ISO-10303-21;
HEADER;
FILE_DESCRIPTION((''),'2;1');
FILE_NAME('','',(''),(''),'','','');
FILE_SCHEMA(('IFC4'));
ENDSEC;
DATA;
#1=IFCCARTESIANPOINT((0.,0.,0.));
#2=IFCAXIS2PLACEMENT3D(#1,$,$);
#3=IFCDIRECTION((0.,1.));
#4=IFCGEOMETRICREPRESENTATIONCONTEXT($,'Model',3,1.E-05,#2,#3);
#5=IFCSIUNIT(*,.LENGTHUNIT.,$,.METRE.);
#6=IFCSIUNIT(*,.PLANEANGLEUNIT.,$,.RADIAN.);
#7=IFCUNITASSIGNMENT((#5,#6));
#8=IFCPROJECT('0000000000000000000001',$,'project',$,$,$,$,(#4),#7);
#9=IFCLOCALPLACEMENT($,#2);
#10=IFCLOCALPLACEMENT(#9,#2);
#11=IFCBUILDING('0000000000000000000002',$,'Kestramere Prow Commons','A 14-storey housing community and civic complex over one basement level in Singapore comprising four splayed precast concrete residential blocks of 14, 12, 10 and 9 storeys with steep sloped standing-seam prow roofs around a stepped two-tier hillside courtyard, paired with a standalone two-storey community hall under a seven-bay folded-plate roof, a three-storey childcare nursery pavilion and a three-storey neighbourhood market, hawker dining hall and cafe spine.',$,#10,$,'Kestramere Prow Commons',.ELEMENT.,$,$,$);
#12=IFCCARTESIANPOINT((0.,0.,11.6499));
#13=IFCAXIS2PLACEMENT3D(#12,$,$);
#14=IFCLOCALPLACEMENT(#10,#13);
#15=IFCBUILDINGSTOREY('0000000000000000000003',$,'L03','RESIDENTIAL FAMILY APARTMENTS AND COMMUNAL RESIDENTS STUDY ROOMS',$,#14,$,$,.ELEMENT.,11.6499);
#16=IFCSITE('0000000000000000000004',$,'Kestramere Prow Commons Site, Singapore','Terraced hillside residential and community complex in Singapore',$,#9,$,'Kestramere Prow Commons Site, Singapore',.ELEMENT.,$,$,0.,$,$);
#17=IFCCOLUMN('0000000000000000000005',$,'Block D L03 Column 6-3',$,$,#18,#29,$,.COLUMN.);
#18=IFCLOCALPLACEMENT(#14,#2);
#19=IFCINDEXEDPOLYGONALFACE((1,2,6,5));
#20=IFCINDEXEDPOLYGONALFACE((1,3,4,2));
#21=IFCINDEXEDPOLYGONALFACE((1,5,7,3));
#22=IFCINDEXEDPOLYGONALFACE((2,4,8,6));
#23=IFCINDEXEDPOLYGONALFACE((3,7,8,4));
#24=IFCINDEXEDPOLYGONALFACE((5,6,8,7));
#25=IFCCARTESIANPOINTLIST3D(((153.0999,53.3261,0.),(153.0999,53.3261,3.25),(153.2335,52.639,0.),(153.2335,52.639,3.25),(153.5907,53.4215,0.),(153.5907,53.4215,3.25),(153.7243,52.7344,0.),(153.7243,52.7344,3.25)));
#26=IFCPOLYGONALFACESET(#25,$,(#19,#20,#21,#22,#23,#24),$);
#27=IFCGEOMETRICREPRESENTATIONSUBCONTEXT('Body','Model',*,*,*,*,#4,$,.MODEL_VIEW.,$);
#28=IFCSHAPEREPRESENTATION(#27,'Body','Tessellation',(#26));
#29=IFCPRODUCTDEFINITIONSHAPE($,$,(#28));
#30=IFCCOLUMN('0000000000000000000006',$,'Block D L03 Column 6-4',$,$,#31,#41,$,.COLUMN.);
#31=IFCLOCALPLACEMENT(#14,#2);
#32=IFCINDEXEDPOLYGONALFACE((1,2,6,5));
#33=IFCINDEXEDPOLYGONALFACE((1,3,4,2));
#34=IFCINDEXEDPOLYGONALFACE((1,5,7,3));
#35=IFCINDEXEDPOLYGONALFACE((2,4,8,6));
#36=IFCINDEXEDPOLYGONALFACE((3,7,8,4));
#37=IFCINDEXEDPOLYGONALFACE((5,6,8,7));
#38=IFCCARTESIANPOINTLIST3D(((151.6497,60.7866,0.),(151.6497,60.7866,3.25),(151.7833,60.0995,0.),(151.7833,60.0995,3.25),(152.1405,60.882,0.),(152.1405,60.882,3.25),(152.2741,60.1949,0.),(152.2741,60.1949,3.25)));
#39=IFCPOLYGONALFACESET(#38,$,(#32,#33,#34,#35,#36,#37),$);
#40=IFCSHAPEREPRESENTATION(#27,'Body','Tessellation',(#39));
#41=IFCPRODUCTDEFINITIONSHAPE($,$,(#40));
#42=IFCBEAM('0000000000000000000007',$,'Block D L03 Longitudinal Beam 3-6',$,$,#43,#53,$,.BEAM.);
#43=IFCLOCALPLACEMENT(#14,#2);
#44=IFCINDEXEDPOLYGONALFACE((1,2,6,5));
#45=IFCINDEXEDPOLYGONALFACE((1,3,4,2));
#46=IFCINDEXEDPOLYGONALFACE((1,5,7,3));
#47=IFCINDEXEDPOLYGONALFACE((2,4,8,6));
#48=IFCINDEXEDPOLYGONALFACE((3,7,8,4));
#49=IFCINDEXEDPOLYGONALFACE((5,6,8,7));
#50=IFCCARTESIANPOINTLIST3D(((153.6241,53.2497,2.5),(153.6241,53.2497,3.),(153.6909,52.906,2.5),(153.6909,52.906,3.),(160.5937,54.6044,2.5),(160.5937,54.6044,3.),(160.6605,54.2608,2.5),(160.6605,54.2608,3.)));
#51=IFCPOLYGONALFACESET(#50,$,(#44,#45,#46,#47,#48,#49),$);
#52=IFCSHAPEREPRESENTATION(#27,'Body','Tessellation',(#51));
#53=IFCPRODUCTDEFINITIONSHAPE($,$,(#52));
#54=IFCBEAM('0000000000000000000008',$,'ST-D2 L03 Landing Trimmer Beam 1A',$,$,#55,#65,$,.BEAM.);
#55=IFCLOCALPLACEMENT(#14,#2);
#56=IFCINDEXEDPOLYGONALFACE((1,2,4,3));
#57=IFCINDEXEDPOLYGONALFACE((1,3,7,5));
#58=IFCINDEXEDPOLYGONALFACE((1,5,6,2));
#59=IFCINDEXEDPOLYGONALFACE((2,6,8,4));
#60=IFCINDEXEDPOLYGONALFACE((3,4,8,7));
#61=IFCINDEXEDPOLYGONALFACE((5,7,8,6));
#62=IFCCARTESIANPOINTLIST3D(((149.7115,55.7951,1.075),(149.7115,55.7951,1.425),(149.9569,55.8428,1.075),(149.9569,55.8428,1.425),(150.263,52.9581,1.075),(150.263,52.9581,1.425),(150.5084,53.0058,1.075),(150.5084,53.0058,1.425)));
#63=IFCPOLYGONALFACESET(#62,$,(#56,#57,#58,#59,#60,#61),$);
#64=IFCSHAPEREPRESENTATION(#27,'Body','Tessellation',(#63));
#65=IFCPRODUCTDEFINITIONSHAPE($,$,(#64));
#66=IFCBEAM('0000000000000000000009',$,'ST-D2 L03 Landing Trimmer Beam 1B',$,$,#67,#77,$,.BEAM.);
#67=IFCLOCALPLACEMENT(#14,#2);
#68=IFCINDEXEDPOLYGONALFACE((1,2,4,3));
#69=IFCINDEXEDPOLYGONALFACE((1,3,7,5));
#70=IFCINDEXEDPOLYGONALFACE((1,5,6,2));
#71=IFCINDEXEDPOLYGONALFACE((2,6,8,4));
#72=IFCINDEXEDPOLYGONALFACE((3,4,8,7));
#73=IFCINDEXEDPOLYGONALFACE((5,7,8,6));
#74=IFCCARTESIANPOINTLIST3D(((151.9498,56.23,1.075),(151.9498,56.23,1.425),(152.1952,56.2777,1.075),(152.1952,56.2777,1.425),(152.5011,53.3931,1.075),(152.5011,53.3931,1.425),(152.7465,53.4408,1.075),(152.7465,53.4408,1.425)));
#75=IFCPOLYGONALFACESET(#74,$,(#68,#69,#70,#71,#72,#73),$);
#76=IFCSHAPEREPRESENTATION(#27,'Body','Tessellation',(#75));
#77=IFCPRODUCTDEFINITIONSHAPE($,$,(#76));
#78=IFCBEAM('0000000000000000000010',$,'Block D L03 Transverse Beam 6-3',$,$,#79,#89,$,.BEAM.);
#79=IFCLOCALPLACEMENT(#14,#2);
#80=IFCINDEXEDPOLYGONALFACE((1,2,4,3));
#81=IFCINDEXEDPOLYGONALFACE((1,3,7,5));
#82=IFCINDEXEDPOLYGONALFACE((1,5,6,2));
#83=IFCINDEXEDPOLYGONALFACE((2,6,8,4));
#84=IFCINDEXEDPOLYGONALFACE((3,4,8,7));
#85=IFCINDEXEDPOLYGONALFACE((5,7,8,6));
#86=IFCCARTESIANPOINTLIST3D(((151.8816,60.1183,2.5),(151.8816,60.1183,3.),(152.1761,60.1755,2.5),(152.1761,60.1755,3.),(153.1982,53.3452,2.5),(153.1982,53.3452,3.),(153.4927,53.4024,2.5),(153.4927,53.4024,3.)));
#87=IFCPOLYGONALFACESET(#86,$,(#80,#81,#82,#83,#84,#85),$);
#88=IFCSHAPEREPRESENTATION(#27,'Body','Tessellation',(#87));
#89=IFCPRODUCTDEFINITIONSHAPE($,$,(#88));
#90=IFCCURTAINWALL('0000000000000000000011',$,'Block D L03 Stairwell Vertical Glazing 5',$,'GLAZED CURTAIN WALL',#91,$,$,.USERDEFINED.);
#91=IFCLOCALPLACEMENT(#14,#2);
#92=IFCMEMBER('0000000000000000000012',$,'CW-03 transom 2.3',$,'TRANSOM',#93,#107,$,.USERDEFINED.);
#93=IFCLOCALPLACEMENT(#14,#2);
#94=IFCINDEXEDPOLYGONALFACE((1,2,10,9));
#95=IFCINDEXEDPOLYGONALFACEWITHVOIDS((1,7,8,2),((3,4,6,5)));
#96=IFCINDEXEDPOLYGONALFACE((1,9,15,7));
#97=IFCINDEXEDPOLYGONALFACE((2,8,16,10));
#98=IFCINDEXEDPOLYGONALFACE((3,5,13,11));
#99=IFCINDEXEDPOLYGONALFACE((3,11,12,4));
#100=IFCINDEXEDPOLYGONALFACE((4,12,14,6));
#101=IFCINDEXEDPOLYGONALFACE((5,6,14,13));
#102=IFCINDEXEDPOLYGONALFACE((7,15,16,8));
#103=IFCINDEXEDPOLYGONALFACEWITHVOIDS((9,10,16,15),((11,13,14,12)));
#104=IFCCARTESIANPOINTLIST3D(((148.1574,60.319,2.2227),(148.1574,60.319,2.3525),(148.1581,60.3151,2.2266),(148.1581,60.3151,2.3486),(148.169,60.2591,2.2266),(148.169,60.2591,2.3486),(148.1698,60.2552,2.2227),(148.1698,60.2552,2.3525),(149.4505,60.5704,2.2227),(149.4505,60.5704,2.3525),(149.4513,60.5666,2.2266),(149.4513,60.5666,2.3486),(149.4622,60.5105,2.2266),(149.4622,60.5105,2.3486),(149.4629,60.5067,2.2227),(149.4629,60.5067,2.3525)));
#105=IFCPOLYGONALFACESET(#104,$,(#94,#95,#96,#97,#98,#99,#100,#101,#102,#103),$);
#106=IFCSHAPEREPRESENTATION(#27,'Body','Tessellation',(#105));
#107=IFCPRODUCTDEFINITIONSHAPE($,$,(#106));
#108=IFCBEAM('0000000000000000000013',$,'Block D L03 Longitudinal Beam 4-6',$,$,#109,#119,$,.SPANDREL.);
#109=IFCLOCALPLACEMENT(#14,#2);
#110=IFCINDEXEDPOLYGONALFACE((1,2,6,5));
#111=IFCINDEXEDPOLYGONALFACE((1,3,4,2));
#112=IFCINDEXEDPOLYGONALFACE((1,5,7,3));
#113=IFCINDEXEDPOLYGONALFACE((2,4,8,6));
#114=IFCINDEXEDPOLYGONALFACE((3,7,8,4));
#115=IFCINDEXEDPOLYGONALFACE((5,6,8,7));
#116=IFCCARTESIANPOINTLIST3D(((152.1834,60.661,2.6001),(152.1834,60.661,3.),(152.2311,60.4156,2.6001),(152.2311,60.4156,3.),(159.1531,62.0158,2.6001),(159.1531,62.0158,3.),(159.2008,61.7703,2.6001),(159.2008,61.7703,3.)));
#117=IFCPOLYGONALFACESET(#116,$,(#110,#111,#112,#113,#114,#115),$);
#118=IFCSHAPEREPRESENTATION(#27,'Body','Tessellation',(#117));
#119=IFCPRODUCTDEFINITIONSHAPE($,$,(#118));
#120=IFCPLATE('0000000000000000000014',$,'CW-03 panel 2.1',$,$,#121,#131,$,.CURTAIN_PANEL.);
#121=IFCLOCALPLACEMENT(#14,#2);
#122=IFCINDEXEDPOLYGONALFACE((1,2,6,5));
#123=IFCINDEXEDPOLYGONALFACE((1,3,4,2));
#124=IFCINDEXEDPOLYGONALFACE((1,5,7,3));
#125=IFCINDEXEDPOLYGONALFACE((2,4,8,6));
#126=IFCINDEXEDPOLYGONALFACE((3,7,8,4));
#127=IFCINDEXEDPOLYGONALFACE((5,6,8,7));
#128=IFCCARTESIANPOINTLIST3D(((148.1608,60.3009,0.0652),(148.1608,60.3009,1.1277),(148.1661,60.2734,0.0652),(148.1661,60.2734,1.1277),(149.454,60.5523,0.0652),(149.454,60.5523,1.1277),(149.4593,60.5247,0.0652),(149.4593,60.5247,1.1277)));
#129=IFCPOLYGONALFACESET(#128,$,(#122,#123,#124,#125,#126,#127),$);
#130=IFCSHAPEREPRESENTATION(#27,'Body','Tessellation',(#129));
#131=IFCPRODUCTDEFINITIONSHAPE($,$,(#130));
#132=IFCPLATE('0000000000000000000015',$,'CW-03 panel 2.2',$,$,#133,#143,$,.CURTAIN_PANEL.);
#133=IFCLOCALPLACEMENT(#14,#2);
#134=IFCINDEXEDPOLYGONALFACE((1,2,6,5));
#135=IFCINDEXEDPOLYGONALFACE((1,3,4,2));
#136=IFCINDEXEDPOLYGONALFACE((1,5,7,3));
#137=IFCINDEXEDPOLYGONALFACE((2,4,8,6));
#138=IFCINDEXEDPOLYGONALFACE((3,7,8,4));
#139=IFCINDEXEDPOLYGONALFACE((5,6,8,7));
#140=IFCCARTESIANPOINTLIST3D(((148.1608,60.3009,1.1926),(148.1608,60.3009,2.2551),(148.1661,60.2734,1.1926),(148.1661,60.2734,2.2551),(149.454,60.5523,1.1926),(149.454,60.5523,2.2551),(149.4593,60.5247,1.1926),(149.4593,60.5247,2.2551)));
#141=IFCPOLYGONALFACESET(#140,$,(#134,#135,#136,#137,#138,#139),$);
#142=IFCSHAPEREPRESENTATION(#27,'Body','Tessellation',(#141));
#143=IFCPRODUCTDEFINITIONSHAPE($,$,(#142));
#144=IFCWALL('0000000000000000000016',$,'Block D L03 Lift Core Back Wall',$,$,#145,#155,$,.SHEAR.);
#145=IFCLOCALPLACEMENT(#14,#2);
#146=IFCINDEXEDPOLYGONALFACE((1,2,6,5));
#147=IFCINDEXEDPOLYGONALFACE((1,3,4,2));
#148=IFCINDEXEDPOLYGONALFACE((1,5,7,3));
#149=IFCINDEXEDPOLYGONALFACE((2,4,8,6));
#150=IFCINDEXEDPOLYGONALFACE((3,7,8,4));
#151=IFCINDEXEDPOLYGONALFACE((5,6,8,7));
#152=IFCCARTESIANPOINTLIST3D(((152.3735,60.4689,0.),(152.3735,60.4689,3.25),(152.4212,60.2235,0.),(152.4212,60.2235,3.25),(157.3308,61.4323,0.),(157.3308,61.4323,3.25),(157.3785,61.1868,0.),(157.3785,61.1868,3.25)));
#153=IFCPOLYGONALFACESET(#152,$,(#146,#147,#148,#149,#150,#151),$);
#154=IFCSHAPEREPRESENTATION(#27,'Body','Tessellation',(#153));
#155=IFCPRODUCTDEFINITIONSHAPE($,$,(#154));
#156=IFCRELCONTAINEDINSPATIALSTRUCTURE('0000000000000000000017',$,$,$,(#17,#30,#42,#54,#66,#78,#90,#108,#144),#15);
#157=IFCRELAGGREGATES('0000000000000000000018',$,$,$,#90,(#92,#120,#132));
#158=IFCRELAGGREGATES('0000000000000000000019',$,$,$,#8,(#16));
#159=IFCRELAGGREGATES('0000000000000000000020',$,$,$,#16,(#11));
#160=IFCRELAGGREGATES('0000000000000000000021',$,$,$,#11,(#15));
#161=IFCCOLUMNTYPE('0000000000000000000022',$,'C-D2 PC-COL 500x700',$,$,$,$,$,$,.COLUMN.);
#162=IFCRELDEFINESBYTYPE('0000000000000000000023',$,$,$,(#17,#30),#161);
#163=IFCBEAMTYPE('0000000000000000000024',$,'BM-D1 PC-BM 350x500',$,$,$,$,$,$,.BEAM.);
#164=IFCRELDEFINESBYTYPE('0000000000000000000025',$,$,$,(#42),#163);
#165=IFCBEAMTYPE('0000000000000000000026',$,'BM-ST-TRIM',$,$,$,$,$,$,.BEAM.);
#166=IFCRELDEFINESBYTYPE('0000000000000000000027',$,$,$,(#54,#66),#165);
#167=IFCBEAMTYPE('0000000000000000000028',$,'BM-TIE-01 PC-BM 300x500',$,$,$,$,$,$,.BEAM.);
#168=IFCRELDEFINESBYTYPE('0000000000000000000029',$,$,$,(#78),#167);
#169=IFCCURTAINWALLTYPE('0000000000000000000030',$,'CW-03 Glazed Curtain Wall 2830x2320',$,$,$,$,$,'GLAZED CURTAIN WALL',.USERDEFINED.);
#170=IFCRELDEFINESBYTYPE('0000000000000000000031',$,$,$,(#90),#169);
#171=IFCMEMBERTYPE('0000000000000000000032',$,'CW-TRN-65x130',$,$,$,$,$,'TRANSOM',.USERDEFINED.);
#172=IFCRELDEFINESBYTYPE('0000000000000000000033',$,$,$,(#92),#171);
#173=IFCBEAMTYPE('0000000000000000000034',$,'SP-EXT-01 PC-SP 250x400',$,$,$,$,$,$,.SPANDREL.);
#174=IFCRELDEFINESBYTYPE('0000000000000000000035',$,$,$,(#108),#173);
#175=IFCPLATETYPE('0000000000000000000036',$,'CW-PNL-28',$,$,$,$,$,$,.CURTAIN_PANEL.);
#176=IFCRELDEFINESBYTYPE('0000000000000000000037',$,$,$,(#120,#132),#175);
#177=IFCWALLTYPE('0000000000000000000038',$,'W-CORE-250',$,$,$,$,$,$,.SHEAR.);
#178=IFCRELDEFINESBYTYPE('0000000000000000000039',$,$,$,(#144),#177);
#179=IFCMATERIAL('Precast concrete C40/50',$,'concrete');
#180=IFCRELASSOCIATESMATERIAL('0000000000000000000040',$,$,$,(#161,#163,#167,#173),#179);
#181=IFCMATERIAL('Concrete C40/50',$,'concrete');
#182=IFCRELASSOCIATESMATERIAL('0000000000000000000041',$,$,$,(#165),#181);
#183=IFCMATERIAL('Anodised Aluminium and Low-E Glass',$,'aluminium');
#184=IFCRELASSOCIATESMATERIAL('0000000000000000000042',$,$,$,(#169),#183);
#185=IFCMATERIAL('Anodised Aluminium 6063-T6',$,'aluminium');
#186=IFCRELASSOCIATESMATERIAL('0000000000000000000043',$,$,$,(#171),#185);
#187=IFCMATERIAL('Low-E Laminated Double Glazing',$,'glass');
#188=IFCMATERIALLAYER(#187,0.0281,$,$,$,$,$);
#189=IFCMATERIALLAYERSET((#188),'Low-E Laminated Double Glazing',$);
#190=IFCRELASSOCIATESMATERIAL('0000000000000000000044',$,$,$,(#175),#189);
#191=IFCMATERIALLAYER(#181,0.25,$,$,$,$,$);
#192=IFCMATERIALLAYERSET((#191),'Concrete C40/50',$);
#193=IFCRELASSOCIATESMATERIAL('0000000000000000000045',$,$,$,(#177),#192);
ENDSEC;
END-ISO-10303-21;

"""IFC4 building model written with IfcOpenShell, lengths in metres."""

from ifc_helpers import new_model, si_unit, direction, frame, frame_2d, origin, origin_2d, place, context, subcontext, project, spatial, rectangle, hollow_rectangle, extrude, material, layer, layer_set, material_profile, profile_set, type_object, element, aggregate, save


model = new_model("IFC4")

# Units and contexts
model_context = context("Model", 3, precision=1e-05, world=origin(), true_north=direction((0.0, 1.0)))
body_context = subcontext(model_context, "Body", "Model", "MODEL_VIEW")
ifc_project = project(units=[si_unit("LENGTHUNIT", "METRE"), si_unit("PLANEANGLEUNIT", "RADIAN")], contexts=[model_context])

# Site, building, storey
site_placement = place(None, origin())
site = spatial("IfcSite", under=ifc_project, at=site_placement, Name="Kestramere Prow Commons Site, Singapore", Description="Terraced hillside residential and community complex in Singapore", LongName="Kestramere Prow Commons Site, Singapore", CompositionType="ELEMENT", RefElevation=0.0)
building_placement = place(site_placement, origin())
building = spatial("IfcBuilding", under=site, at=building_placement, Name="Kestramere Prow Commons", Description="A 14-storey housing community and civic complex over one basement level in Singapore comprising four splayed precast concrete residential blocks of 14, 12, 10 and 9 storeys with steep sloped standing-seam prow roofs around a stepped two-tier hillside courtyard, paired with a standalone two-storey community hall under a seven-bay folded-plate roof, a three-storey childcare nursery pavilion and a three-storey neighbourhood market, hawker dining hall and cafe spine.", LongName="Kestramere Prow Commons", CompositionType="ELEMENT")
storey_placement = place(building_placement, frame((0.0, 0.0, 11.6499)))
storey = spatial("IfcBuildingStorey", under=building, at=storey_placement, Name="L03", Description="RESIDENTIAL FAMILY APARTMENTS AND COMMUNAL RESIDENTS STUDY ROOMS", CompositionType="ELEMENT", Elevation=11.6499)

# Columns
ifc_material_1 = material(Name="Precast concrete C40/50", Category="concrete")
ifc_material_profile_1 = material_profile(ifc_material_1, rectangle(XDim=0.5, YDim=0.7, at=origin_2d()), Name="PC-COL 500x700")
ifc_profile_set_1 = profile_set([ifc_material_profile_1], Name="Precast concrete C40/50")
column_type = type_object("IfcColumnType", Name="C-D2 PC-COL 500x700", PredefinedType="COLUMN", material=ifc_profile_set_1)
for number, where, z_axis, x_axis, name in (
    (1, (153.4121, 53.0303, 0.0), (0.0, 0.0, 1.0), (0.981627, 0.190809, 0.0), "Block D L03 Column 6-3"),
    (2, (151.9619, 60.4907, 0.0), (0.0, 0.0, 1.0), (0.981627, 0.190809, 0.0), "Block D L03 Column 6-4"),
):
    element("IfcColumn", number, at=place(storey_placement, frame(where, z_axis=z_axis, x_axis=x_axis)), inside=storey, type_object=column_type, Name=name, PredefinedType="COLUMN", context=body_context, shape_type="SweptSolid", body=[
        extrude(rectangle(XDim=0.5, YDim=0.7, at=origin_2d()), origin(), (0.0, 0.0, 1.0), 3.25),
    ])

# Beams
ifc_material_profile_2 = material_profile(ifc_material_1, rectangle(XDim=0.3501, YDim=0.5, at=origin_2d()), Name="PC-BM 350x500")
ifc_profile_set_2 = profile_set([ifc_material_profile_2], Name="Precast concrete C40/50")
beam_type_1 = type_object("IfcBeamType", Name="BM-D1 PC-BM 350x500", PredefinedType="BEAM", material=ifc_profile_set_2)
beam_1_placement = place(storey_placement, frame((153.6575, 53.0779, 2.75), z_axis=(0.981628, 0.190803, 0.0), x_axis=(-0.190803, 0.981628, 0.0)))
element("IfcBeam", 3, at=beam_1_placement, inside=storey, type_object=beam_type_1, Name="Block D L03 Longitudinal Beam 3-6", PredefinedType="BEAM", context=body_context, shape_type="SweptSolid", body=[
    extrude(rectangle(XDim=0.3501, YDim=0.5, at=origin_2d()), origin(), (0.0, 0.0, 1.0), 7.1001),
])
ifc_material_2 = material(Name="Concrete C40/50", Category="concrete")
ifc_material_profile_3 = material_profile(ifc_material_2, rectangle(XDim=0.25, YDim=0.3501, at=origin_2d()), Name="PC-BM 250x350")
ifc_profile_set_3 = profile_set([ifc_material_profile_3], Name="Concrete C40/50")
beam_type_2 = type_object("IfcBeamType", Name="BM-ST-TRIM", PredefinedType="BEAM", material=ifc_profile_set_3)
beam_2_placement = place(storey_placement, frame((150.3857, 52.9819, 1.25), z_axis=(-0.190833, 0.981622, 0.0), x_axis=(-0.981622, -0.190833, 0.0)))
element("IfcBeam", 4, at=beam_2_placement, inside=storey, type_object=beam_type_2, Name="ST-D2 L03 Landing Trimmer Beam 1A", PredefinedType="BEAM", context=body_context, shape_type="SweptSolid", body=[
    extrude(rectangle(XDim=0.25, YDim=0.3501, at=origin_2d()), origin(), (0.0, 0.0, 1.0), 2.8901),
])
beam_3_placement = place(storey_placement, frame((152.6238, 53.417, 1.25), z_axis=(-0.190752, 0.981638, 0.0), x_axis=(-0.981638, -0.190752, 0.0)))
element("IfcBeam", 5, at=beam_3_placement, inside=storey, type_object=beam_type_2, Name="ST-D2 L03 Landing Trimmer Beam 1B", PredefinedType="BEAM", context=body_context, shape_type="SweptSolid", body=[
    extrude(rectangle(XDim=0.25, YDim=0.3501, at=origin_2d()), origin(), (0.0, 0.0, 1.0), 2.8899),
])
ifc_material_profile_4 = material_profile(ifc_material_1, rectangle(XDim=0.3, YDim=0.5, at=origin_2d()), Name="PC-BM 300x500")
ifc_profile_set_4 = profile_set([ifc_material_profile_4], Name="Precast concrete C40/50")
beam_type_3 = type_object("IfcBeamType", Name="BM-TIE-01 PC-BM 300x500", PredefinedType="BEAM", material=ifc_profile_set_4)
beam_4_placement = place(storey_placement, frame((153.3455, 53.3738, 2.75), z_axis=(-0.190819, 0.981625, 0.0), x_axis=(-0.981625, -0.190819, 0.0)))
element("IfcBeam", 6, at=beam_4_placement, inside=storey, type_object=beam_type_3, Name="Block D L03 Transverse Beam 6-3", PredefinedType="BEAM", context=body_context, shape_type="SweptSolid", body=[
    extrude(rectangle(XDim=0.3, YDim=0.5, at=origin_2d()), origin(), (0.0, 0.0, 1.0), 6.8999),
])

# Curtain wall, member
ifc_material_3 = material(Name="Anodised Aluminium and Low-E Glass", Category="aluminium")
curtain_wall_type = type_object("IfcCurtainWallType", Name="CW-03 Glazed Curtain Wall 2830x2320", ElementType="GLAZED CURTAIN WALL", PredefinedType="USERDEFINED", material=ifc_material_3)
curtain_wall_placement = place(storey_placement, origin())
curtain_wall = element("IfcCurtainWall", 7, at=curtain_wall_placement, inside=storey, type_object=curtain_wall_type, Name="Block D L03 Stairwell Vertical Glazing 5", ObjectType="GLAZED CURTAIN WALL", PredefinedType="USERDEFINED")
ifc_material_4 = material(Name="Anodised Aluminium 6063-T6", Category="aluminium")
ifc_material_profile_5 = material_profile(ifc_material_4, hollow_rectangle(XDim=0.0649, YDim=0.1299, WallThickness=0.0039, at=origin_2d()), Name="ALU-TRN 65x130")
ifc_profile_set_5 = profile_set([ifc_material_profile_5], Name="Anodised Aluminium 6063-T6")
member_type = type_object("IfcMemberType", Name="CW-TRN-65x130", ElementType="TRANSOM", PredefinedType="USERDEFINED", material=ifc_profile_set_5)
member_placement = place(storey_placement, frame((148.1636, 60.2871, 2.2876), z_axis=(0.981614, 0.190875, 0.0), x_axis=(-0.190875, 0.981614, 0.0)))
member = element("IfcMember", 8, at=member_placement, type_object=member_type, Name="CW-03 transom 2.3", ObjectType="TRANSOM", PredefinedType="USERDEFINED", context=body_context, shape_type="SweptSolid", body=[
    extrude(hollow_rectangle(XDim=0.0649, YDim=0.1299, WallThickness=0.0039, at=origin_2d()), origin(), (0.0, 0.0, 1.0), 1.3174),
])

# Beam
ifc_material_profile_6 = material_profile(ifc_material_1, rectangle(XDim=0.25, YDim=0.3999, at=origin_2d()), Name="PC-SP 250x400")
ifc_profile_set_6 = profile_set([ifc_material_profile_6], Name="Precast concrete C40/50")
beam_type_4 = type_object("IfcBeamType", Name="SP-EXT-01 PC-SP 250x400", PredefinedType="SPANDREL", material=ifc_profile_set_6)
beam_5_placement = place(storey_placement, frame((152.2073, 60.5383, 2.8), z_axis=(0.981628, 0.190803, 0.0), x_axis=(-0.190803, 0.981628, 0.0)))
element("IfcBeam", 9, at=beam_5_placement, inside=storey, type_object=beam_type_4, Name="Block D L03 Longitudinal Beam 4-6", PredefinedType="SPANDREL", context=body_context, shape_type="SweptSolid", body=[
    extrude(rectangle(XDim=0.25, YDim=0.3999, at=origin_2d()), origin(), (0.0, 0.0, 1.0), 7.1001),
])

# Plates
ifc_material_5 = material(Name="Low-E Laminated Double Glazing", Category="glass")
ifc_layer_1 = layer(ifc_material_5, 0.0281)
ifc_layer_set_1 = layer_set([ifc_layer_1], Name="Low-E Laminated Double Glazing")
plate_type = type_object("IfcPlateType", Name="CW-PNL-28", PredefinedType="CURTAIN_PANEL", material=ifc_layer_set_1)
plate_1_placement = place(storey_placement, frame((148.8101, 60.4128, 0.0652), z_axis=(0.0, 0.0, 1.0), x_axis=(0.981627, 0.190809, 0.0)))
plate_1 = element("IfcPlate", 10, at=plate_1_placement, type_object=plate_type, Name="CW-03 panel 2.1", PredefinedType="CURTAIN_PANEL", context=body_context, shape_type="SweptSolid", body=[
    extrude(rectangle(XDim=1.3174, YDim=0.0281, at=origin_2d()), origin(), (0.0, 0.0, 1.0), 1.0625),
])
plate_2_placement = place(storey_placement, frame((148.8101, 60.4128, 1.1926), z_axis=(0.0, 0.0, 1.0), x_axis=(0.981627, 0.190809, 0.0)))
plate_2 = element("IfcPlate", 11, at=plate_2_placement, type_object=plate_type, Name="CW-03 panel 2.2", PredefinedType="CURTAIN_PANEL", context=body_context, shape_type="SweptSolid", body=[
    extrude(rectangle(XDim=1.3174, YDim=0.0281, at=origin_2d()), origin(), (0.0, 0.0, 1.0), 1.0625),
])
aggregate(curtain_wall, [member, plate_1, plate_2])

# Wall
ifc_layer_2 = layer(ifc_material_2, 0.25)
ifc_layer_set_2 = layer_set([ifc_layer_2], Name="Concrete C40/50")
wall_type = type_object("IfcWallType", Name="W-CORE-250", PredefinedType="SHEAR", material=ifc_layer_set_2)
wall_1_placement = place(storey_placement, frame((152.3975, 60.3462, 0.0), z_axis=(0.0, 0.0, 1.0), x_axis=(0.981635, 0.190767, 0.0)))
element("IfcWall", 12, at=wall_1_placement, inside=storey, type_object=wall_type, Name="Block D L03 Lift Core Back Wall", PredefinedType="SHEAR", context=body_context, shape_type="SweptSolid", body=[
    extrude(rectangle(XDim=5.05, YDim=0.25, at=frame_2d((2.5249, 0.0))), origin(), (0.0, 0.0, 1.0), 3.25),
])

save(model, "model.ifc")
